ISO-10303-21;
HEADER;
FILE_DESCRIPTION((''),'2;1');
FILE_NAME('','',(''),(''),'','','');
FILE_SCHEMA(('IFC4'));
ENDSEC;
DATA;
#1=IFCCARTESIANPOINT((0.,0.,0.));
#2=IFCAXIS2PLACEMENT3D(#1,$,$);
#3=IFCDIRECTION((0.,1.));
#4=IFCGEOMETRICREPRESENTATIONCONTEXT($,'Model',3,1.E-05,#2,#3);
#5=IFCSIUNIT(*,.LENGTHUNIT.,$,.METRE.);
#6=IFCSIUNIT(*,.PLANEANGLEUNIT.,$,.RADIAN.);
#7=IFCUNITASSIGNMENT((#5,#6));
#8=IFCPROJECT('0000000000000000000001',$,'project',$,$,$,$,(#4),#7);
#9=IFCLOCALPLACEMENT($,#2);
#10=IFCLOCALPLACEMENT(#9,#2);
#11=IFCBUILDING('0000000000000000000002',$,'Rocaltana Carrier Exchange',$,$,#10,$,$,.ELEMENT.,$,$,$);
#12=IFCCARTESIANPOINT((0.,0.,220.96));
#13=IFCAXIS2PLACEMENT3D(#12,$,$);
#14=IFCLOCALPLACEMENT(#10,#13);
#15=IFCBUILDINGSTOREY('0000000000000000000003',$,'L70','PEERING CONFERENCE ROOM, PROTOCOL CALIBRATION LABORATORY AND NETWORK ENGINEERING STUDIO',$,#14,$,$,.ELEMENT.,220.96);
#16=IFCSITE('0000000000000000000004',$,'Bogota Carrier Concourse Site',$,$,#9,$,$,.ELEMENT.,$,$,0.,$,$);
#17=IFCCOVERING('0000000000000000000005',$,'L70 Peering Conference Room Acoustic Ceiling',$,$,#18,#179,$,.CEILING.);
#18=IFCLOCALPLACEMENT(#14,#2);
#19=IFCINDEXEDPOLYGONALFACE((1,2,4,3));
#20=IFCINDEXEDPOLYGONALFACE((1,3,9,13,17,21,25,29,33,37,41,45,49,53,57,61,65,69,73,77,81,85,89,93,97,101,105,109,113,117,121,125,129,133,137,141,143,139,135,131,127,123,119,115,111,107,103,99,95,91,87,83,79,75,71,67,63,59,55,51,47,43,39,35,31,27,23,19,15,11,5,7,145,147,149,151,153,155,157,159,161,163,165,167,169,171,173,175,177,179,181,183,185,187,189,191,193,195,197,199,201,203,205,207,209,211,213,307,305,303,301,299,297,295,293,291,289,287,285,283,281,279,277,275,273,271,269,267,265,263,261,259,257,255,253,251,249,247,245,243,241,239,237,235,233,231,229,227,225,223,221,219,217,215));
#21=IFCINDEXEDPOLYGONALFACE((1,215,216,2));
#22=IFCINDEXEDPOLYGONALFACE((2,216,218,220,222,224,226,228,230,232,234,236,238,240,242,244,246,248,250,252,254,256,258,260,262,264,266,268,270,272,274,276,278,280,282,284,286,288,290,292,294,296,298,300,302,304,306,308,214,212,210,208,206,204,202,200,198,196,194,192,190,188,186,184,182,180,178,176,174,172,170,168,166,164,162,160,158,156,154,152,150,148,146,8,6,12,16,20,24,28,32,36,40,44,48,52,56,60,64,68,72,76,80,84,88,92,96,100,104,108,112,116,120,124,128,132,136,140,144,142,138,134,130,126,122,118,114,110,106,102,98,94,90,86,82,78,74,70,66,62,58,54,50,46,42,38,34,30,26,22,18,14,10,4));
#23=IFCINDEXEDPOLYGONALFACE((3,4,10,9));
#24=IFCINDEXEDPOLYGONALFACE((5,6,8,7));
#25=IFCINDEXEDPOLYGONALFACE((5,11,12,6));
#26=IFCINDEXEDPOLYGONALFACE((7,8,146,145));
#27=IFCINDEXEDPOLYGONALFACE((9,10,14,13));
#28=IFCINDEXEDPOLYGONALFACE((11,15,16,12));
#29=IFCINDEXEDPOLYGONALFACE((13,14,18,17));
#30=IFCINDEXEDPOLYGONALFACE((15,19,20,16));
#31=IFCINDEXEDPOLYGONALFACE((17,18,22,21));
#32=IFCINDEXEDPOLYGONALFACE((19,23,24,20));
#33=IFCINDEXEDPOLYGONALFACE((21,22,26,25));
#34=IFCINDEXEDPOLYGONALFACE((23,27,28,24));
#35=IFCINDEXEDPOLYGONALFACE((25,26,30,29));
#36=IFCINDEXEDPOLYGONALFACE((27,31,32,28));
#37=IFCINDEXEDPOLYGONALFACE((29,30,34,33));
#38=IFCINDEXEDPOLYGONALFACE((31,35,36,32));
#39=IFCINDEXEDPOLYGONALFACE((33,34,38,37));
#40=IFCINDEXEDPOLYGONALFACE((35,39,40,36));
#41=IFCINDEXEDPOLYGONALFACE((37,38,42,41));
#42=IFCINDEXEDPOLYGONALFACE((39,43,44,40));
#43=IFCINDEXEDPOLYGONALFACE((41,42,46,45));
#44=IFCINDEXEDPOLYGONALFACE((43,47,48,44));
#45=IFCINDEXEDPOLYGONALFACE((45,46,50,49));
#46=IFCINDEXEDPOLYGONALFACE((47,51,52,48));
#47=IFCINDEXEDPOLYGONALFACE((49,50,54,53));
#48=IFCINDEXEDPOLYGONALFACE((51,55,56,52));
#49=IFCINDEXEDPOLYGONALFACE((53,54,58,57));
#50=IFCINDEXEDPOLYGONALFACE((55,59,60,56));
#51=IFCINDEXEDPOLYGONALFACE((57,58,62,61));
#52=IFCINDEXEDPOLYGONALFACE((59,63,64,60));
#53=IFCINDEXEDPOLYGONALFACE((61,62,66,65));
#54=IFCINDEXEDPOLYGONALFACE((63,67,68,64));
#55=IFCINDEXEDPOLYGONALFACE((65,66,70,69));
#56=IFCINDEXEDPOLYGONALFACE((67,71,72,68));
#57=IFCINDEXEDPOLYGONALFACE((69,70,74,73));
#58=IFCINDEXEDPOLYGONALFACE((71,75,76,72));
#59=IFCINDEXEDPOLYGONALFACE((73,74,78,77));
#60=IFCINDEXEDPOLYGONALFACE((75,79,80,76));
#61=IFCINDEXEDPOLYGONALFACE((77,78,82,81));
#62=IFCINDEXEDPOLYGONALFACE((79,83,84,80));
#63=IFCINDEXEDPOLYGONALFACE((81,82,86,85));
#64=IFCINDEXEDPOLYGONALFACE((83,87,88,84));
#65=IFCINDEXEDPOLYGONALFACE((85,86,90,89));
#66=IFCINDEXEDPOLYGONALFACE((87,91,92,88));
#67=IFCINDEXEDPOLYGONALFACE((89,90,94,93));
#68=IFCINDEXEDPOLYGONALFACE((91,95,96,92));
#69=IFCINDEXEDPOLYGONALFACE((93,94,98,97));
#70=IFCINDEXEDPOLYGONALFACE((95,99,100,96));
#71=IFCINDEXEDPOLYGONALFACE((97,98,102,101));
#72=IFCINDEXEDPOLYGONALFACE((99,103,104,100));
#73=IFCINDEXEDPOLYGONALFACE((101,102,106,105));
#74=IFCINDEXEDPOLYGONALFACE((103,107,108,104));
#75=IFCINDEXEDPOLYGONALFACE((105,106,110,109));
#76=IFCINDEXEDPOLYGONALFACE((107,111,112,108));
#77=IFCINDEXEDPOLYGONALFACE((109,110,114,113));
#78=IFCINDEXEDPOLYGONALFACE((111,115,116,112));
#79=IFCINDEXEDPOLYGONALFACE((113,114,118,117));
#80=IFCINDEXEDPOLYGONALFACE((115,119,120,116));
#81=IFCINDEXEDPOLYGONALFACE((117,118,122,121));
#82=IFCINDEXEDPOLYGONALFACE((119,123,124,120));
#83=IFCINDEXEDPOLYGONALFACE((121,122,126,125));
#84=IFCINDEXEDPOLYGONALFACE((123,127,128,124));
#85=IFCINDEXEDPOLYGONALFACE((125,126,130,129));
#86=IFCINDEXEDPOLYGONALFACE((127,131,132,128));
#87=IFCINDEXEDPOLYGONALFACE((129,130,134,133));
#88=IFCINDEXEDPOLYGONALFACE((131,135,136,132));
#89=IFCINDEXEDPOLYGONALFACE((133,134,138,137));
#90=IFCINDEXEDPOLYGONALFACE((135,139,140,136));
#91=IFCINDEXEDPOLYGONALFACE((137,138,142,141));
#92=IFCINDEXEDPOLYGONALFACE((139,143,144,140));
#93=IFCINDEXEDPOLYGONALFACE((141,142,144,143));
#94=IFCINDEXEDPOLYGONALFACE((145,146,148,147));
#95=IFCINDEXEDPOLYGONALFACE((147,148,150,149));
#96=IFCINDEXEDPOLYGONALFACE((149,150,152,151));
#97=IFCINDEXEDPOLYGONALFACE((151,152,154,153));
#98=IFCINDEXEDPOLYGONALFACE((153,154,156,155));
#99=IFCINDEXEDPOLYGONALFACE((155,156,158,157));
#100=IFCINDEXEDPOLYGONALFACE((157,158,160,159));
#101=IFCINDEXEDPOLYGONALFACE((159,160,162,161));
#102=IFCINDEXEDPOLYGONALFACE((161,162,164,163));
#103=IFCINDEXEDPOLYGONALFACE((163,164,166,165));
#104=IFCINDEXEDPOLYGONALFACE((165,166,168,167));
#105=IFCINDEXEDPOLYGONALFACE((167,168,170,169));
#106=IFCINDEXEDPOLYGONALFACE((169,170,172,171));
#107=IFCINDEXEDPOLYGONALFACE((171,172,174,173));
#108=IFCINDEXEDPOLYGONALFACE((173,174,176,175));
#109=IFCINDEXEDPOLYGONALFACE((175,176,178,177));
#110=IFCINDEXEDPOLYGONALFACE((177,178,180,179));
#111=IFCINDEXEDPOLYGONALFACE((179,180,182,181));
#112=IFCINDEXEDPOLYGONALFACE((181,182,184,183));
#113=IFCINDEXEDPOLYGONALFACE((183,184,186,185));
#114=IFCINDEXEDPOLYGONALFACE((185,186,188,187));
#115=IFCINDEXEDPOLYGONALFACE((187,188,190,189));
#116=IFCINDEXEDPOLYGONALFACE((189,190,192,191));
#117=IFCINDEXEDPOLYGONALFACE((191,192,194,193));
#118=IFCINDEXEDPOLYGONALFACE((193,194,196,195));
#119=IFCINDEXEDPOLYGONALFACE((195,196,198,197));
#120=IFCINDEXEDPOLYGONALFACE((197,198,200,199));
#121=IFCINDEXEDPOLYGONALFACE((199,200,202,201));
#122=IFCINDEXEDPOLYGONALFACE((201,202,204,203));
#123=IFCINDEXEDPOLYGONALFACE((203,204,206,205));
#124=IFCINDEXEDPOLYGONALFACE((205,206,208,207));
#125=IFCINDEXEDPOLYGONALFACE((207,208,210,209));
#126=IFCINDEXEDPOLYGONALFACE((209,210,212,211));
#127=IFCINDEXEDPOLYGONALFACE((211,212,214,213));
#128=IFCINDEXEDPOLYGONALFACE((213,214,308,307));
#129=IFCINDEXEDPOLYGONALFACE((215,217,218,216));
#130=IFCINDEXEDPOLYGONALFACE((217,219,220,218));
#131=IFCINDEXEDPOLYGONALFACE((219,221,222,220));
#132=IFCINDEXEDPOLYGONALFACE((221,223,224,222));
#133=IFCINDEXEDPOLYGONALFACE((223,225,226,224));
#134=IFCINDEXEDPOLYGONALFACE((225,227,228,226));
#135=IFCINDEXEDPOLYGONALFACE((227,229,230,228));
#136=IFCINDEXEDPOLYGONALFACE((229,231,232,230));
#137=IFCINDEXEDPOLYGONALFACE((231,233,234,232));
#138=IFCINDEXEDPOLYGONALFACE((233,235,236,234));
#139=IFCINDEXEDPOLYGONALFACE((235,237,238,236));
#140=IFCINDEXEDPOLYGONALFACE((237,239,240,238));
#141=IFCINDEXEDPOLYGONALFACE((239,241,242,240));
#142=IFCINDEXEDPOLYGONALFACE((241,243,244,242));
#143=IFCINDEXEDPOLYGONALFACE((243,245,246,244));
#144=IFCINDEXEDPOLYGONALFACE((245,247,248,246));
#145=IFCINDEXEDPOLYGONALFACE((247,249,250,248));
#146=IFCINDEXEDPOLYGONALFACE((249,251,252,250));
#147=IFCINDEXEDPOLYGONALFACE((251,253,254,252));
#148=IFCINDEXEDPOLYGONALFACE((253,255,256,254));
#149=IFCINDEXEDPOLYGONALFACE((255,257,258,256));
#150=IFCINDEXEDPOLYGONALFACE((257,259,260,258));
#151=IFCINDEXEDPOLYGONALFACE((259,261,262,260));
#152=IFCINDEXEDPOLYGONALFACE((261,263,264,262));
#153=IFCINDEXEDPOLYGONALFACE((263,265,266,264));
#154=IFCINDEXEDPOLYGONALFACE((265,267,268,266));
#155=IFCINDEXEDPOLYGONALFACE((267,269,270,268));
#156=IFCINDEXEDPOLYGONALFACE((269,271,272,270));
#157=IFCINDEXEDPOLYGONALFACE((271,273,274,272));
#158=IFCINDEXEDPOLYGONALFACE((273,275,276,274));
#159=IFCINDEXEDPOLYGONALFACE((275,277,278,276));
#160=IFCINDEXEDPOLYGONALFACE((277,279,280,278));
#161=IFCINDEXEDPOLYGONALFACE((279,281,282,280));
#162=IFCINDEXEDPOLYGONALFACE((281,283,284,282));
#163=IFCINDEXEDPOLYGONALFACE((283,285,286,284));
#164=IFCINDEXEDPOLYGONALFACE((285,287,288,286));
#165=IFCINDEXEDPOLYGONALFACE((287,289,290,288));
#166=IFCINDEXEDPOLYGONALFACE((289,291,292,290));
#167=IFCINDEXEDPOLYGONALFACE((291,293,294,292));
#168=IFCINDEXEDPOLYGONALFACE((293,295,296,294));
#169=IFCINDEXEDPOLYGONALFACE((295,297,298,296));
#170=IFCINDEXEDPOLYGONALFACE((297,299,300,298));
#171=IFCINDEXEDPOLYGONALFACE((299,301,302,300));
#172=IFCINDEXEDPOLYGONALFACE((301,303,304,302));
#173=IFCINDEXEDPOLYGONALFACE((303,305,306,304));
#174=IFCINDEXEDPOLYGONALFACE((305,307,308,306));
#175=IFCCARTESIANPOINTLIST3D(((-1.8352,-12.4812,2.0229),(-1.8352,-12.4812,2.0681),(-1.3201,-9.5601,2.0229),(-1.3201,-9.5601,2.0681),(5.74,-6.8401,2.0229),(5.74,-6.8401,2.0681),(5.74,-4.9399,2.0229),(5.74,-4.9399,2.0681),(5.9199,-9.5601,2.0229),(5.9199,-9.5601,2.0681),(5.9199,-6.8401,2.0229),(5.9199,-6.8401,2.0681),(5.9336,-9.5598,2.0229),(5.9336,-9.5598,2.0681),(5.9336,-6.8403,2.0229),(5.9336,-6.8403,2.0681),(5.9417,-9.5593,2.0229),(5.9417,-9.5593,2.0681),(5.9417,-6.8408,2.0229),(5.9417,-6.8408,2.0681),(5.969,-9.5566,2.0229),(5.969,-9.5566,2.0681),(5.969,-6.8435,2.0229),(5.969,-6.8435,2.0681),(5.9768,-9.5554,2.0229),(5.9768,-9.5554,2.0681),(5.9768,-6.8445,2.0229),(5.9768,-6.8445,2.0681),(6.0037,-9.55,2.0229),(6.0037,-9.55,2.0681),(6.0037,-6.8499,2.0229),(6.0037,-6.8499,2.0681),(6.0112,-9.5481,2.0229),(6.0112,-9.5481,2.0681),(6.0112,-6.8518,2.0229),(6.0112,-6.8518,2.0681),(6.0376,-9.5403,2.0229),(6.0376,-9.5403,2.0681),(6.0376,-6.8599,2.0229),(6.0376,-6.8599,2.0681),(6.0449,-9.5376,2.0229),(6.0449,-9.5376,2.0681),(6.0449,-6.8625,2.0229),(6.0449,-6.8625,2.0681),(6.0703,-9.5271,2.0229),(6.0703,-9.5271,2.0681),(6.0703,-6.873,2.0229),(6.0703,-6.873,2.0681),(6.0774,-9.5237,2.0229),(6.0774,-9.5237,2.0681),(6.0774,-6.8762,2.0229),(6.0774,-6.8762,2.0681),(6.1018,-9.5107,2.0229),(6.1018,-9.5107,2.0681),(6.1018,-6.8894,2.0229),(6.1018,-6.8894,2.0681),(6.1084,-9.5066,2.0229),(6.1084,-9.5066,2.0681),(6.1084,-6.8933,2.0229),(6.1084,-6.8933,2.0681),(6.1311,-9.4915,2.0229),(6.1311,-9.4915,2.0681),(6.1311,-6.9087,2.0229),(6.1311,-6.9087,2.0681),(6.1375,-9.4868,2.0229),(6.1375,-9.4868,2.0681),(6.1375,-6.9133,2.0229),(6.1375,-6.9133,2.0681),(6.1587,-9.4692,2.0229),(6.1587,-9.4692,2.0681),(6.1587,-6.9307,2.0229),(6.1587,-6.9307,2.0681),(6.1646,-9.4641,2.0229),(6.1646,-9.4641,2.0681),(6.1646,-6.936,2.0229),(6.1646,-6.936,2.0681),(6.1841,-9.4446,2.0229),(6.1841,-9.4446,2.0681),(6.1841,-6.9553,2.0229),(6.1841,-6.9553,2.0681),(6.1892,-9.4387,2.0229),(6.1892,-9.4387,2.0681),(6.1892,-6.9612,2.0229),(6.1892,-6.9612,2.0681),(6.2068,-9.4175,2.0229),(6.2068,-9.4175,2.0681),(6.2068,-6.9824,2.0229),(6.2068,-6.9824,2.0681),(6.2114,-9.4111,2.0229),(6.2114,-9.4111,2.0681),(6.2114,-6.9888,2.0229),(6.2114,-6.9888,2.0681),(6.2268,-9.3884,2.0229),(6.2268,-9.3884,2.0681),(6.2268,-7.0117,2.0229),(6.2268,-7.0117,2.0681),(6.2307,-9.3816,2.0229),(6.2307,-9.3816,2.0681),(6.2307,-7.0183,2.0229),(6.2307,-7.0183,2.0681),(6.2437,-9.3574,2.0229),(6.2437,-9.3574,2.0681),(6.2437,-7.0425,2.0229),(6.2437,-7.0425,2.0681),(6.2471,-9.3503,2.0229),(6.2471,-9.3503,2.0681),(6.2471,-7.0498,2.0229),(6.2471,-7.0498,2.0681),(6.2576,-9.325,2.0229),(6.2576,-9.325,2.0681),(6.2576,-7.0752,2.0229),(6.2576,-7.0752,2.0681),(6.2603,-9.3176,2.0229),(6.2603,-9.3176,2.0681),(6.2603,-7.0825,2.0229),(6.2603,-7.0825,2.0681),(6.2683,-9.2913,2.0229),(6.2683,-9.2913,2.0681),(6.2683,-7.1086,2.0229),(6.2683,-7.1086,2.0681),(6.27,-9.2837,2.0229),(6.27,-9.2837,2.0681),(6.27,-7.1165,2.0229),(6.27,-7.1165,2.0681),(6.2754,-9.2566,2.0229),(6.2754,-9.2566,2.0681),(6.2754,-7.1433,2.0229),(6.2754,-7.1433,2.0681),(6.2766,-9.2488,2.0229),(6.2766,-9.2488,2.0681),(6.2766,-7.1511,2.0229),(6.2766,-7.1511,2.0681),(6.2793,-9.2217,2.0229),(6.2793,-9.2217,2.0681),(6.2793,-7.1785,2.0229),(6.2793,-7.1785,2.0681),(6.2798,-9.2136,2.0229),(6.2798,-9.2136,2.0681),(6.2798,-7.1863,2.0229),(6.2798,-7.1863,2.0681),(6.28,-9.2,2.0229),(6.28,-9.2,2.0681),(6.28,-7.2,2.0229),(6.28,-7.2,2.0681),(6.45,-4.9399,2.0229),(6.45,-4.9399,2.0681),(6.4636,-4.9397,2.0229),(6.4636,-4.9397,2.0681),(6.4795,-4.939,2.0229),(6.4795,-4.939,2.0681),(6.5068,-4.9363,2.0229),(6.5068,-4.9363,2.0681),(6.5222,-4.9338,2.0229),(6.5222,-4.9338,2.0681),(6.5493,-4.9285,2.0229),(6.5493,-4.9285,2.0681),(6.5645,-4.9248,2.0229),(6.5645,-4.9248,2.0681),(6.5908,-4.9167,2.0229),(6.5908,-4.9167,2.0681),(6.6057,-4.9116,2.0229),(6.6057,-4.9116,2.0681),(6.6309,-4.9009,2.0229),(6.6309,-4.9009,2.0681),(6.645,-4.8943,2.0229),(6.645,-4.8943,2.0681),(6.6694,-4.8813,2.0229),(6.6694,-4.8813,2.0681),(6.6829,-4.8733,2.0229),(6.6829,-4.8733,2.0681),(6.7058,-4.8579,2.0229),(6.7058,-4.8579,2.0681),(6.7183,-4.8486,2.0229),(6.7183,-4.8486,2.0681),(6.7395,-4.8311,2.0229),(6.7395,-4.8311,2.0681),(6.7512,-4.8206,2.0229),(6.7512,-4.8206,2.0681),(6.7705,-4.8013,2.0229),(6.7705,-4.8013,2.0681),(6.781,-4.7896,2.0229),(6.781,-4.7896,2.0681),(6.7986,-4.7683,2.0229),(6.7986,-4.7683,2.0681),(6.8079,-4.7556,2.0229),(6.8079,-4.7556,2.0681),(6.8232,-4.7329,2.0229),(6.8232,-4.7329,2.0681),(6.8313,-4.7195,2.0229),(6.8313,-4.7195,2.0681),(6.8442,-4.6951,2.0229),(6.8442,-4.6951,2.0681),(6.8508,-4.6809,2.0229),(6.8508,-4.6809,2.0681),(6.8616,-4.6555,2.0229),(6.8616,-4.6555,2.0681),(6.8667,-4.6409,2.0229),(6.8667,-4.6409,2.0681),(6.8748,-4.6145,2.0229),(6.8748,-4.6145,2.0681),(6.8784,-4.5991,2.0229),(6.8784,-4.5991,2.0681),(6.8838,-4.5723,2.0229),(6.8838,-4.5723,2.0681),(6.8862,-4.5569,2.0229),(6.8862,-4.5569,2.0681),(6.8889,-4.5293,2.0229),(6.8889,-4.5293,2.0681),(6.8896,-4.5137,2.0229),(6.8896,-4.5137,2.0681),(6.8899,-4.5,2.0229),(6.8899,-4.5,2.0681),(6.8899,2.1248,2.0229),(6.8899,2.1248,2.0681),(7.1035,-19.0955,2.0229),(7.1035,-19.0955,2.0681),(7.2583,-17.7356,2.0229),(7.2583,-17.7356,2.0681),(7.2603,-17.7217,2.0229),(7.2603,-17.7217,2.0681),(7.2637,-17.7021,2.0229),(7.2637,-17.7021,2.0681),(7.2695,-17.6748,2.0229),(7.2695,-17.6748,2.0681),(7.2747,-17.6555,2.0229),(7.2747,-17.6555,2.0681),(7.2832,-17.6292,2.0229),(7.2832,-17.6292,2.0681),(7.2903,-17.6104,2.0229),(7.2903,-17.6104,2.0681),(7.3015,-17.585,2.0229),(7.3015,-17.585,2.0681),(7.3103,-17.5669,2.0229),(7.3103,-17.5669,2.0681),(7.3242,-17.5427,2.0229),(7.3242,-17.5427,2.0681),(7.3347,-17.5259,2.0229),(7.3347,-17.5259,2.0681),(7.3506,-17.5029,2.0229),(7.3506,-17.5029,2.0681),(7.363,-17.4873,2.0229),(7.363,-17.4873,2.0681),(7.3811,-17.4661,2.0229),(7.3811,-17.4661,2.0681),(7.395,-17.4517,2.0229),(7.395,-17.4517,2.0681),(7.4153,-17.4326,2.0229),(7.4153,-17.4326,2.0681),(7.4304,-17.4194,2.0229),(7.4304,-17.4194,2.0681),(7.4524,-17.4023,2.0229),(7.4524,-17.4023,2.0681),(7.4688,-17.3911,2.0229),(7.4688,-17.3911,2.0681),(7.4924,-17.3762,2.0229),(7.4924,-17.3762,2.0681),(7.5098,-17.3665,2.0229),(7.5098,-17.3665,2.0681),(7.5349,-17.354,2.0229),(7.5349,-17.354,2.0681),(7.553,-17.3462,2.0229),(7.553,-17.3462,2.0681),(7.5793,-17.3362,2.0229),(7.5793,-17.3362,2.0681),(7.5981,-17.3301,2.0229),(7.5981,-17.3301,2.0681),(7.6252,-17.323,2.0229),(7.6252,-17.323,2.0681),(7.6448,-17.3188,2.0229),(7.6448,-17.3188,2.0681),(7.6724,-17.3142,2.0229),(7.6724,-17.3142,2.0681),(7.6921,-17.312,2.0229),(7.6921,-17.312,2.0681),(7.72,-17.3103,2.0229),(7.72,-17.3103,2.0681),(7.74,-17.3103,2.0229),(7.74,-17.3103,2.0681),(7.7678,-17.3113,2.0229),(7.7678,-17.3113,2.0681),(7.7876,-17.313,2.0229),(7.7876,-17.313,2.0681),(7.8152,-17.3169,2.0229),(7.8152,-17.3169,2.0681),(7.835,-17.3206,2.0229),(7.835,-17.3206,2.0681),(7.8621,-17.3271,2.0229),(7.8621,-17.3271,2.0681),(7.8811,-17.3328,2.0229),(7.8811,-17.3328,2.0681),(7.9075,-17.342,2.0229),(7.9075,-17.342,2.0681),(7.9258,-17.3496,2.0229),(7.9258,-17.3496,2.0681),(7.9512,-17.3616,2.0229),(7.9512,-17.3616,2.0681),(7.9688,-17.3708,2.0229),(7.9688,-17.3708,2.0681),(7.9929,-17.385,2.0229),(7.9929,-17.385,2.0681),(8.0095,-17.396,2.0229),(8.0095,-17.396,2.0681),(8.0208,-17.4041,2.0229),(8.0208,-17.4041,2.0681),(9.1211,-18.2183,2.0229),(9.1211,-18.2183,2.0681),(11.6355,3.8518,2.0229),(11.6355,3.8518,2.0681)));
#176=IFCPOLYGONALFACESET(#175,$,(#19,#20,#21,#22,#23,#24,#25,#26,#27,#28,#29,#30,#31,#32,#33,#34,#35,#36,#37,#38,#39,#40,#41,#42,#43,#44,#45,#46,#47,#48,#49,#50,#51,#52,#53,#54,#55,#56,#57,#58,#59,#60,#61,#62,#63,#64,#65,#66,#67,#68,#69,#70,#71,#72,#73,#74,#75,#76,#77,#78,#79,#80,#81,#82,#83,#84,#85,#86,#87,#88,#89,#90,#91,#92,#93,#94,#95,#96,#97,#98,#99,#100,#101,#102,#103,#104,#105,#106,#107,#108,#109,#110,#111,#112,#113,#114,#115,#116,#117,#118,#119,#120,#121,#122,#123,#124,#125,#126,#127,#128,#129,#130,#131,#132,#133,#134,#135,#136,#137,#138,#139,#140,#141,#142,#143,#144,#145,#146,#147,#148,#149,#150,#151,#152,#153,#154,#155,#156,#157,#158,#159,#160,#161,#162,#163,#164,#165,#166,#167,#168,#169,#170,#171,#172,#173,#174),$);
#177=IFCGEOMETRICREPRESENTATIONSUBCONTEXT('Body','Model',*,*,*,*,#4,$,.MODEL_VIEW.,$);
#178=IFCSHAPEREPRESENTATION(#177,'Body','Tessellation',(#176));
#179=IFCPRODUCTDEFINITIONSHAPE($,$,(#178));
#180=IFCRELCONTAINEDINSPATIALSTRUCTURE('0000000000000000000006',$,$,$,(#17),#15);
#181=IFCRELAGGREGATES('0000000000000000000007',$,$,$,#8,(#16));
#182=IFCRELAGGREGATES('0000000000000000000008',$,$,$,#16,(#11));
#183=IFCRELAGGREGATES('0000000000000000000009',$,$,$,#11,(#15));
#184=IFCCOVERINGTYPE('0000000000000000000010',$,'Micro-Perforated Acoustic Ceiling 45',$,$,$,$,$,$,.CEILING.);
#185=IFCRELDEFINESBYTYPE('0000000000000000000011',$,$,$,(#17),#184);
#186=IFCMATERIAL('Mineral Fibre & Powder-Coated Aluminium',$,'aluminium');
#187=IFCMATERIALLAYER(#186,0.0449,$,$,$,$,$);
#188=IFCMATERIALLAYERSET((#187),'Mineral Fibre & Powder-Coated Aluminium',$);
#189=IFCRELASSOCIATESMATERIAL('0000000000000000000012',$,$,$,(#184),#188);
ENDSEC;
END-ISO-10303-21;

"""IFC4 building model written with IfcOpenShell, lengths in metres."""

from ifc_helpers import new_model, si_unit, direction, frame, origin, place, context, subcontext, project, spatial, polyline, outline, extrude, material, layer, layer_set, type_object, element, save


model = new_model("IFC4")

# Units and contexts
model_context = context("Model", 3, precision=1e-05, world=origin(), true_north=direction((0.0, 1.0)))
body_context = subcontext(model_context, "Body", "Model", "MODEL_VIEW")
ifc_project = project(units=[si_unit("LENGTHUNIT", "METRE"), si_unit("PLANEANGLEUNIT", "RADIAN")], contexts=[model_context])

# Site, building, storey
site_placement = place(None, origin())
site = spatial("IfcSite", under=ifc_project, at=site_placement, Name="Bogota Carrier Concourse Site", CompositionType="ELEMENT", RefElevation=0.0)
building_placement = place(site_placement, origin())
building = spatial("IfcBuilding", under=site, at=building_placement, Name="Rocaltana Carrier Exchange", CompositionType="ELEMENT")
storey_placement = place(building_placement, frame((0.0, 0.0, 220.96)))
storey = spatial("IfcBuildingStorey", under=building, at=storey_placement, Name="L70", Description="PEERING CONFERENCE ROOM, PROTOCOL CALIBRATION LABORATORY AND NETWORK ENGINEERING STUDIO", CompositionType="ELEMENT", Elevation=220.96)

# Covering
ifc_material_1 = material(Name="Mineral Fibre & Powder-Coated Aluminium", Category="aluminium")
ifc_layer_1 = layer(ifc_material_1, 0.0449)
ifc_layer_set_1 = layer_set([ifc_layer_1], Name="Mineral Fibre & Powder-Coated Aluminium")
covering_type_1 = type_object("IfcCoveringType", Name="Micro-Perforated Acoustic Ceiling 45", PredefinedType="CEILING", material=ifc_layer_set_1)
covering_1_placement = place(storey_placement, frame((0.0, 0.0, 2.0229)))
element("IfcCovering", 1, at=covering_1_placement, inside=storey, type_object=covering_type_1, Name="L70 Peering Conference Room Acoustic Ceiling", PredefinedType="CEILING", context=body_context, shape_type="SweptSolid", body=[
    extrude(outline(polyline([(5.74, -6.8401), (5.74, -4.9399), (6.45, -4.9399), (6.4636, -4.9397), (6.4795, -4.939), (6.5068, -4.9363), (6.5222, -4.9338), (6.5493, -4.9285), (6.5645, -4.9248), (6.5908, -4.9167), (6.6057, -4.9116), (6.6309, -4.9009), (6.645, -4.8943), (6.6694, -4.8813), (6.6829, -4.8733), (6.7058, -4.8579), (6.7183, -4.8486), (6.7395, -4.8311), (6.7512, -4.8206), (6.7705, -4.8013), (6.781, -4.7896), (6.7986, -4.7683), (6.8079, -4.7556), (6.8232, -4.7329), (6.8313, -4.7195), (6.8442, -4.6951), (6.8508, -4.6809), (6.8616, -4.6555), (6.8667, -4.6409), (6.8748, -4.6145), (6.8784, -4.5991), (6.8838, -4.5723), (6.8862, -4.5569), (6.8889, -4.5293), (6.8896, -4.5137), (6.8899, -4.5), (6.8899, 2.1248), (11.6355, 3.8518), (9.1211, -18.2183), (8.0208, -17.4041), (8.0095, -17.396), (7.9929, -17.385), (7.9688, -17.3708), (7.9512, -17.3616), (7.9258, -17.3496), (7.9075, -17.342), (7.8811, -17.3328), (7.8621, -17.3271), (7.835, -17.3206), (7.8152, -17.3169), (7.7876, -17.313), (7.7678, -17.3113), (7.74, -17.3103), (7.72, -17.3103), (7.6921, -17.312), (7.6724, -17.3142), (7.6448, -17.3188), (7.6252, -17.323), (7.5981, -17.3301), (7.5793, -17.3362), (7.553, -17.3462), (7.5349, -17.354), (7.5098, -17.3665), (7.4924, -17.3762), (7.4688, -17.3911), (7.4524, -17.4023), (7.4304, -17.4194), (7.4153, -17.4326), (7.395, -17.4517), (7.3811, -17.4661), (7.363, -17.4873), (7.3506, -17.5029), (7.3347, -17.5259), (7.3242, -17.5427), (7.3103, -17.5669), (7.3015, -17.585), (7.2903, -17.6104), (7.2832, -17.6292), (7.2747, -17.6555), (7.2695, -17.6748), (7.2637, -17.7021), (7.2603, -17.7217), (7.2583, -17.7356), (7.1035, -19.0955), (-1.8352, -12.4812), (-1.3201, -9.5601), (5.9199, -9.5601), (5.9336, -9.5598), (5.9417, -9.5593), (5.969, -9.5566), (5.9768, -9.5554), (6.0037, -9.55), (6.0112, -9.5481), (6.0376, -9.5403), (6.0449, -9.5376), (6.0703, -9.5271), (6.0774, -9.5237), (6.1018, -9.5107), (6.1084, -9.5066), (6.1311, -9.4915), (6.1375, -9.4868), (6.1587, -9.4692), (6.1646, -9.4641), (6.1841, -9.4446), (6.1892, -9.4387), (6.2068, -9.4175), (6.2114, -9.4111), (6.2268, -9.3884), (6.2307, -9.3816), (6.2437, -9.3574), (6.2471, -9.3503), (6.2576, -9.325), (6.2603, -9.3176), (6.2683, -9.2913), (6.27, -9.2837), (6.2754, -9.2566), (6.2766, -9.2488), (6.2793, -9.2217), (6.2798, -9.2136), (6.28, -9.2), (6.28, -7.2), (6.2798, -7.1863), (6.2793, -7.1785), (6.2766, -7.1511), (6.2754, -7.1433), (6.27, -7.1165), (6.2683, -7.1086), (6.2603, -7.0825), (6.2576, -7.0752), (6.2471, -7.0498), (6.2437, -7.0425), (6.2307, -7.0183), (6.2268, -7.0117), (6.2114, -6.9888), (6.2068, -6.9824), (6.1892, -6.9612), (6.1841, -6.9553), (6.1646, -6.936), (6.1587, -6.9307), (6.1375, -6.9133), (6.1311, -6.9087), (6.1084, -6.8933), (6.1018, -6.8894), (6.0774, -6.8762), (6.0703, -6.873), (6.0449, -6.8625), (6.0376, -6.8599), (6.0112, -6.8518), (6.0037, -6.8499), (5.9768, -6.8445), (5.969, -6.8435), (5.9417, -6.8408), (5.9336, -6.8403), (5.9199, -6.8401), (5.74, -6.8401)])), origin(), (0.0, 0.0, 1.0), 0.0452),
])

save(model, "model.ifc")
